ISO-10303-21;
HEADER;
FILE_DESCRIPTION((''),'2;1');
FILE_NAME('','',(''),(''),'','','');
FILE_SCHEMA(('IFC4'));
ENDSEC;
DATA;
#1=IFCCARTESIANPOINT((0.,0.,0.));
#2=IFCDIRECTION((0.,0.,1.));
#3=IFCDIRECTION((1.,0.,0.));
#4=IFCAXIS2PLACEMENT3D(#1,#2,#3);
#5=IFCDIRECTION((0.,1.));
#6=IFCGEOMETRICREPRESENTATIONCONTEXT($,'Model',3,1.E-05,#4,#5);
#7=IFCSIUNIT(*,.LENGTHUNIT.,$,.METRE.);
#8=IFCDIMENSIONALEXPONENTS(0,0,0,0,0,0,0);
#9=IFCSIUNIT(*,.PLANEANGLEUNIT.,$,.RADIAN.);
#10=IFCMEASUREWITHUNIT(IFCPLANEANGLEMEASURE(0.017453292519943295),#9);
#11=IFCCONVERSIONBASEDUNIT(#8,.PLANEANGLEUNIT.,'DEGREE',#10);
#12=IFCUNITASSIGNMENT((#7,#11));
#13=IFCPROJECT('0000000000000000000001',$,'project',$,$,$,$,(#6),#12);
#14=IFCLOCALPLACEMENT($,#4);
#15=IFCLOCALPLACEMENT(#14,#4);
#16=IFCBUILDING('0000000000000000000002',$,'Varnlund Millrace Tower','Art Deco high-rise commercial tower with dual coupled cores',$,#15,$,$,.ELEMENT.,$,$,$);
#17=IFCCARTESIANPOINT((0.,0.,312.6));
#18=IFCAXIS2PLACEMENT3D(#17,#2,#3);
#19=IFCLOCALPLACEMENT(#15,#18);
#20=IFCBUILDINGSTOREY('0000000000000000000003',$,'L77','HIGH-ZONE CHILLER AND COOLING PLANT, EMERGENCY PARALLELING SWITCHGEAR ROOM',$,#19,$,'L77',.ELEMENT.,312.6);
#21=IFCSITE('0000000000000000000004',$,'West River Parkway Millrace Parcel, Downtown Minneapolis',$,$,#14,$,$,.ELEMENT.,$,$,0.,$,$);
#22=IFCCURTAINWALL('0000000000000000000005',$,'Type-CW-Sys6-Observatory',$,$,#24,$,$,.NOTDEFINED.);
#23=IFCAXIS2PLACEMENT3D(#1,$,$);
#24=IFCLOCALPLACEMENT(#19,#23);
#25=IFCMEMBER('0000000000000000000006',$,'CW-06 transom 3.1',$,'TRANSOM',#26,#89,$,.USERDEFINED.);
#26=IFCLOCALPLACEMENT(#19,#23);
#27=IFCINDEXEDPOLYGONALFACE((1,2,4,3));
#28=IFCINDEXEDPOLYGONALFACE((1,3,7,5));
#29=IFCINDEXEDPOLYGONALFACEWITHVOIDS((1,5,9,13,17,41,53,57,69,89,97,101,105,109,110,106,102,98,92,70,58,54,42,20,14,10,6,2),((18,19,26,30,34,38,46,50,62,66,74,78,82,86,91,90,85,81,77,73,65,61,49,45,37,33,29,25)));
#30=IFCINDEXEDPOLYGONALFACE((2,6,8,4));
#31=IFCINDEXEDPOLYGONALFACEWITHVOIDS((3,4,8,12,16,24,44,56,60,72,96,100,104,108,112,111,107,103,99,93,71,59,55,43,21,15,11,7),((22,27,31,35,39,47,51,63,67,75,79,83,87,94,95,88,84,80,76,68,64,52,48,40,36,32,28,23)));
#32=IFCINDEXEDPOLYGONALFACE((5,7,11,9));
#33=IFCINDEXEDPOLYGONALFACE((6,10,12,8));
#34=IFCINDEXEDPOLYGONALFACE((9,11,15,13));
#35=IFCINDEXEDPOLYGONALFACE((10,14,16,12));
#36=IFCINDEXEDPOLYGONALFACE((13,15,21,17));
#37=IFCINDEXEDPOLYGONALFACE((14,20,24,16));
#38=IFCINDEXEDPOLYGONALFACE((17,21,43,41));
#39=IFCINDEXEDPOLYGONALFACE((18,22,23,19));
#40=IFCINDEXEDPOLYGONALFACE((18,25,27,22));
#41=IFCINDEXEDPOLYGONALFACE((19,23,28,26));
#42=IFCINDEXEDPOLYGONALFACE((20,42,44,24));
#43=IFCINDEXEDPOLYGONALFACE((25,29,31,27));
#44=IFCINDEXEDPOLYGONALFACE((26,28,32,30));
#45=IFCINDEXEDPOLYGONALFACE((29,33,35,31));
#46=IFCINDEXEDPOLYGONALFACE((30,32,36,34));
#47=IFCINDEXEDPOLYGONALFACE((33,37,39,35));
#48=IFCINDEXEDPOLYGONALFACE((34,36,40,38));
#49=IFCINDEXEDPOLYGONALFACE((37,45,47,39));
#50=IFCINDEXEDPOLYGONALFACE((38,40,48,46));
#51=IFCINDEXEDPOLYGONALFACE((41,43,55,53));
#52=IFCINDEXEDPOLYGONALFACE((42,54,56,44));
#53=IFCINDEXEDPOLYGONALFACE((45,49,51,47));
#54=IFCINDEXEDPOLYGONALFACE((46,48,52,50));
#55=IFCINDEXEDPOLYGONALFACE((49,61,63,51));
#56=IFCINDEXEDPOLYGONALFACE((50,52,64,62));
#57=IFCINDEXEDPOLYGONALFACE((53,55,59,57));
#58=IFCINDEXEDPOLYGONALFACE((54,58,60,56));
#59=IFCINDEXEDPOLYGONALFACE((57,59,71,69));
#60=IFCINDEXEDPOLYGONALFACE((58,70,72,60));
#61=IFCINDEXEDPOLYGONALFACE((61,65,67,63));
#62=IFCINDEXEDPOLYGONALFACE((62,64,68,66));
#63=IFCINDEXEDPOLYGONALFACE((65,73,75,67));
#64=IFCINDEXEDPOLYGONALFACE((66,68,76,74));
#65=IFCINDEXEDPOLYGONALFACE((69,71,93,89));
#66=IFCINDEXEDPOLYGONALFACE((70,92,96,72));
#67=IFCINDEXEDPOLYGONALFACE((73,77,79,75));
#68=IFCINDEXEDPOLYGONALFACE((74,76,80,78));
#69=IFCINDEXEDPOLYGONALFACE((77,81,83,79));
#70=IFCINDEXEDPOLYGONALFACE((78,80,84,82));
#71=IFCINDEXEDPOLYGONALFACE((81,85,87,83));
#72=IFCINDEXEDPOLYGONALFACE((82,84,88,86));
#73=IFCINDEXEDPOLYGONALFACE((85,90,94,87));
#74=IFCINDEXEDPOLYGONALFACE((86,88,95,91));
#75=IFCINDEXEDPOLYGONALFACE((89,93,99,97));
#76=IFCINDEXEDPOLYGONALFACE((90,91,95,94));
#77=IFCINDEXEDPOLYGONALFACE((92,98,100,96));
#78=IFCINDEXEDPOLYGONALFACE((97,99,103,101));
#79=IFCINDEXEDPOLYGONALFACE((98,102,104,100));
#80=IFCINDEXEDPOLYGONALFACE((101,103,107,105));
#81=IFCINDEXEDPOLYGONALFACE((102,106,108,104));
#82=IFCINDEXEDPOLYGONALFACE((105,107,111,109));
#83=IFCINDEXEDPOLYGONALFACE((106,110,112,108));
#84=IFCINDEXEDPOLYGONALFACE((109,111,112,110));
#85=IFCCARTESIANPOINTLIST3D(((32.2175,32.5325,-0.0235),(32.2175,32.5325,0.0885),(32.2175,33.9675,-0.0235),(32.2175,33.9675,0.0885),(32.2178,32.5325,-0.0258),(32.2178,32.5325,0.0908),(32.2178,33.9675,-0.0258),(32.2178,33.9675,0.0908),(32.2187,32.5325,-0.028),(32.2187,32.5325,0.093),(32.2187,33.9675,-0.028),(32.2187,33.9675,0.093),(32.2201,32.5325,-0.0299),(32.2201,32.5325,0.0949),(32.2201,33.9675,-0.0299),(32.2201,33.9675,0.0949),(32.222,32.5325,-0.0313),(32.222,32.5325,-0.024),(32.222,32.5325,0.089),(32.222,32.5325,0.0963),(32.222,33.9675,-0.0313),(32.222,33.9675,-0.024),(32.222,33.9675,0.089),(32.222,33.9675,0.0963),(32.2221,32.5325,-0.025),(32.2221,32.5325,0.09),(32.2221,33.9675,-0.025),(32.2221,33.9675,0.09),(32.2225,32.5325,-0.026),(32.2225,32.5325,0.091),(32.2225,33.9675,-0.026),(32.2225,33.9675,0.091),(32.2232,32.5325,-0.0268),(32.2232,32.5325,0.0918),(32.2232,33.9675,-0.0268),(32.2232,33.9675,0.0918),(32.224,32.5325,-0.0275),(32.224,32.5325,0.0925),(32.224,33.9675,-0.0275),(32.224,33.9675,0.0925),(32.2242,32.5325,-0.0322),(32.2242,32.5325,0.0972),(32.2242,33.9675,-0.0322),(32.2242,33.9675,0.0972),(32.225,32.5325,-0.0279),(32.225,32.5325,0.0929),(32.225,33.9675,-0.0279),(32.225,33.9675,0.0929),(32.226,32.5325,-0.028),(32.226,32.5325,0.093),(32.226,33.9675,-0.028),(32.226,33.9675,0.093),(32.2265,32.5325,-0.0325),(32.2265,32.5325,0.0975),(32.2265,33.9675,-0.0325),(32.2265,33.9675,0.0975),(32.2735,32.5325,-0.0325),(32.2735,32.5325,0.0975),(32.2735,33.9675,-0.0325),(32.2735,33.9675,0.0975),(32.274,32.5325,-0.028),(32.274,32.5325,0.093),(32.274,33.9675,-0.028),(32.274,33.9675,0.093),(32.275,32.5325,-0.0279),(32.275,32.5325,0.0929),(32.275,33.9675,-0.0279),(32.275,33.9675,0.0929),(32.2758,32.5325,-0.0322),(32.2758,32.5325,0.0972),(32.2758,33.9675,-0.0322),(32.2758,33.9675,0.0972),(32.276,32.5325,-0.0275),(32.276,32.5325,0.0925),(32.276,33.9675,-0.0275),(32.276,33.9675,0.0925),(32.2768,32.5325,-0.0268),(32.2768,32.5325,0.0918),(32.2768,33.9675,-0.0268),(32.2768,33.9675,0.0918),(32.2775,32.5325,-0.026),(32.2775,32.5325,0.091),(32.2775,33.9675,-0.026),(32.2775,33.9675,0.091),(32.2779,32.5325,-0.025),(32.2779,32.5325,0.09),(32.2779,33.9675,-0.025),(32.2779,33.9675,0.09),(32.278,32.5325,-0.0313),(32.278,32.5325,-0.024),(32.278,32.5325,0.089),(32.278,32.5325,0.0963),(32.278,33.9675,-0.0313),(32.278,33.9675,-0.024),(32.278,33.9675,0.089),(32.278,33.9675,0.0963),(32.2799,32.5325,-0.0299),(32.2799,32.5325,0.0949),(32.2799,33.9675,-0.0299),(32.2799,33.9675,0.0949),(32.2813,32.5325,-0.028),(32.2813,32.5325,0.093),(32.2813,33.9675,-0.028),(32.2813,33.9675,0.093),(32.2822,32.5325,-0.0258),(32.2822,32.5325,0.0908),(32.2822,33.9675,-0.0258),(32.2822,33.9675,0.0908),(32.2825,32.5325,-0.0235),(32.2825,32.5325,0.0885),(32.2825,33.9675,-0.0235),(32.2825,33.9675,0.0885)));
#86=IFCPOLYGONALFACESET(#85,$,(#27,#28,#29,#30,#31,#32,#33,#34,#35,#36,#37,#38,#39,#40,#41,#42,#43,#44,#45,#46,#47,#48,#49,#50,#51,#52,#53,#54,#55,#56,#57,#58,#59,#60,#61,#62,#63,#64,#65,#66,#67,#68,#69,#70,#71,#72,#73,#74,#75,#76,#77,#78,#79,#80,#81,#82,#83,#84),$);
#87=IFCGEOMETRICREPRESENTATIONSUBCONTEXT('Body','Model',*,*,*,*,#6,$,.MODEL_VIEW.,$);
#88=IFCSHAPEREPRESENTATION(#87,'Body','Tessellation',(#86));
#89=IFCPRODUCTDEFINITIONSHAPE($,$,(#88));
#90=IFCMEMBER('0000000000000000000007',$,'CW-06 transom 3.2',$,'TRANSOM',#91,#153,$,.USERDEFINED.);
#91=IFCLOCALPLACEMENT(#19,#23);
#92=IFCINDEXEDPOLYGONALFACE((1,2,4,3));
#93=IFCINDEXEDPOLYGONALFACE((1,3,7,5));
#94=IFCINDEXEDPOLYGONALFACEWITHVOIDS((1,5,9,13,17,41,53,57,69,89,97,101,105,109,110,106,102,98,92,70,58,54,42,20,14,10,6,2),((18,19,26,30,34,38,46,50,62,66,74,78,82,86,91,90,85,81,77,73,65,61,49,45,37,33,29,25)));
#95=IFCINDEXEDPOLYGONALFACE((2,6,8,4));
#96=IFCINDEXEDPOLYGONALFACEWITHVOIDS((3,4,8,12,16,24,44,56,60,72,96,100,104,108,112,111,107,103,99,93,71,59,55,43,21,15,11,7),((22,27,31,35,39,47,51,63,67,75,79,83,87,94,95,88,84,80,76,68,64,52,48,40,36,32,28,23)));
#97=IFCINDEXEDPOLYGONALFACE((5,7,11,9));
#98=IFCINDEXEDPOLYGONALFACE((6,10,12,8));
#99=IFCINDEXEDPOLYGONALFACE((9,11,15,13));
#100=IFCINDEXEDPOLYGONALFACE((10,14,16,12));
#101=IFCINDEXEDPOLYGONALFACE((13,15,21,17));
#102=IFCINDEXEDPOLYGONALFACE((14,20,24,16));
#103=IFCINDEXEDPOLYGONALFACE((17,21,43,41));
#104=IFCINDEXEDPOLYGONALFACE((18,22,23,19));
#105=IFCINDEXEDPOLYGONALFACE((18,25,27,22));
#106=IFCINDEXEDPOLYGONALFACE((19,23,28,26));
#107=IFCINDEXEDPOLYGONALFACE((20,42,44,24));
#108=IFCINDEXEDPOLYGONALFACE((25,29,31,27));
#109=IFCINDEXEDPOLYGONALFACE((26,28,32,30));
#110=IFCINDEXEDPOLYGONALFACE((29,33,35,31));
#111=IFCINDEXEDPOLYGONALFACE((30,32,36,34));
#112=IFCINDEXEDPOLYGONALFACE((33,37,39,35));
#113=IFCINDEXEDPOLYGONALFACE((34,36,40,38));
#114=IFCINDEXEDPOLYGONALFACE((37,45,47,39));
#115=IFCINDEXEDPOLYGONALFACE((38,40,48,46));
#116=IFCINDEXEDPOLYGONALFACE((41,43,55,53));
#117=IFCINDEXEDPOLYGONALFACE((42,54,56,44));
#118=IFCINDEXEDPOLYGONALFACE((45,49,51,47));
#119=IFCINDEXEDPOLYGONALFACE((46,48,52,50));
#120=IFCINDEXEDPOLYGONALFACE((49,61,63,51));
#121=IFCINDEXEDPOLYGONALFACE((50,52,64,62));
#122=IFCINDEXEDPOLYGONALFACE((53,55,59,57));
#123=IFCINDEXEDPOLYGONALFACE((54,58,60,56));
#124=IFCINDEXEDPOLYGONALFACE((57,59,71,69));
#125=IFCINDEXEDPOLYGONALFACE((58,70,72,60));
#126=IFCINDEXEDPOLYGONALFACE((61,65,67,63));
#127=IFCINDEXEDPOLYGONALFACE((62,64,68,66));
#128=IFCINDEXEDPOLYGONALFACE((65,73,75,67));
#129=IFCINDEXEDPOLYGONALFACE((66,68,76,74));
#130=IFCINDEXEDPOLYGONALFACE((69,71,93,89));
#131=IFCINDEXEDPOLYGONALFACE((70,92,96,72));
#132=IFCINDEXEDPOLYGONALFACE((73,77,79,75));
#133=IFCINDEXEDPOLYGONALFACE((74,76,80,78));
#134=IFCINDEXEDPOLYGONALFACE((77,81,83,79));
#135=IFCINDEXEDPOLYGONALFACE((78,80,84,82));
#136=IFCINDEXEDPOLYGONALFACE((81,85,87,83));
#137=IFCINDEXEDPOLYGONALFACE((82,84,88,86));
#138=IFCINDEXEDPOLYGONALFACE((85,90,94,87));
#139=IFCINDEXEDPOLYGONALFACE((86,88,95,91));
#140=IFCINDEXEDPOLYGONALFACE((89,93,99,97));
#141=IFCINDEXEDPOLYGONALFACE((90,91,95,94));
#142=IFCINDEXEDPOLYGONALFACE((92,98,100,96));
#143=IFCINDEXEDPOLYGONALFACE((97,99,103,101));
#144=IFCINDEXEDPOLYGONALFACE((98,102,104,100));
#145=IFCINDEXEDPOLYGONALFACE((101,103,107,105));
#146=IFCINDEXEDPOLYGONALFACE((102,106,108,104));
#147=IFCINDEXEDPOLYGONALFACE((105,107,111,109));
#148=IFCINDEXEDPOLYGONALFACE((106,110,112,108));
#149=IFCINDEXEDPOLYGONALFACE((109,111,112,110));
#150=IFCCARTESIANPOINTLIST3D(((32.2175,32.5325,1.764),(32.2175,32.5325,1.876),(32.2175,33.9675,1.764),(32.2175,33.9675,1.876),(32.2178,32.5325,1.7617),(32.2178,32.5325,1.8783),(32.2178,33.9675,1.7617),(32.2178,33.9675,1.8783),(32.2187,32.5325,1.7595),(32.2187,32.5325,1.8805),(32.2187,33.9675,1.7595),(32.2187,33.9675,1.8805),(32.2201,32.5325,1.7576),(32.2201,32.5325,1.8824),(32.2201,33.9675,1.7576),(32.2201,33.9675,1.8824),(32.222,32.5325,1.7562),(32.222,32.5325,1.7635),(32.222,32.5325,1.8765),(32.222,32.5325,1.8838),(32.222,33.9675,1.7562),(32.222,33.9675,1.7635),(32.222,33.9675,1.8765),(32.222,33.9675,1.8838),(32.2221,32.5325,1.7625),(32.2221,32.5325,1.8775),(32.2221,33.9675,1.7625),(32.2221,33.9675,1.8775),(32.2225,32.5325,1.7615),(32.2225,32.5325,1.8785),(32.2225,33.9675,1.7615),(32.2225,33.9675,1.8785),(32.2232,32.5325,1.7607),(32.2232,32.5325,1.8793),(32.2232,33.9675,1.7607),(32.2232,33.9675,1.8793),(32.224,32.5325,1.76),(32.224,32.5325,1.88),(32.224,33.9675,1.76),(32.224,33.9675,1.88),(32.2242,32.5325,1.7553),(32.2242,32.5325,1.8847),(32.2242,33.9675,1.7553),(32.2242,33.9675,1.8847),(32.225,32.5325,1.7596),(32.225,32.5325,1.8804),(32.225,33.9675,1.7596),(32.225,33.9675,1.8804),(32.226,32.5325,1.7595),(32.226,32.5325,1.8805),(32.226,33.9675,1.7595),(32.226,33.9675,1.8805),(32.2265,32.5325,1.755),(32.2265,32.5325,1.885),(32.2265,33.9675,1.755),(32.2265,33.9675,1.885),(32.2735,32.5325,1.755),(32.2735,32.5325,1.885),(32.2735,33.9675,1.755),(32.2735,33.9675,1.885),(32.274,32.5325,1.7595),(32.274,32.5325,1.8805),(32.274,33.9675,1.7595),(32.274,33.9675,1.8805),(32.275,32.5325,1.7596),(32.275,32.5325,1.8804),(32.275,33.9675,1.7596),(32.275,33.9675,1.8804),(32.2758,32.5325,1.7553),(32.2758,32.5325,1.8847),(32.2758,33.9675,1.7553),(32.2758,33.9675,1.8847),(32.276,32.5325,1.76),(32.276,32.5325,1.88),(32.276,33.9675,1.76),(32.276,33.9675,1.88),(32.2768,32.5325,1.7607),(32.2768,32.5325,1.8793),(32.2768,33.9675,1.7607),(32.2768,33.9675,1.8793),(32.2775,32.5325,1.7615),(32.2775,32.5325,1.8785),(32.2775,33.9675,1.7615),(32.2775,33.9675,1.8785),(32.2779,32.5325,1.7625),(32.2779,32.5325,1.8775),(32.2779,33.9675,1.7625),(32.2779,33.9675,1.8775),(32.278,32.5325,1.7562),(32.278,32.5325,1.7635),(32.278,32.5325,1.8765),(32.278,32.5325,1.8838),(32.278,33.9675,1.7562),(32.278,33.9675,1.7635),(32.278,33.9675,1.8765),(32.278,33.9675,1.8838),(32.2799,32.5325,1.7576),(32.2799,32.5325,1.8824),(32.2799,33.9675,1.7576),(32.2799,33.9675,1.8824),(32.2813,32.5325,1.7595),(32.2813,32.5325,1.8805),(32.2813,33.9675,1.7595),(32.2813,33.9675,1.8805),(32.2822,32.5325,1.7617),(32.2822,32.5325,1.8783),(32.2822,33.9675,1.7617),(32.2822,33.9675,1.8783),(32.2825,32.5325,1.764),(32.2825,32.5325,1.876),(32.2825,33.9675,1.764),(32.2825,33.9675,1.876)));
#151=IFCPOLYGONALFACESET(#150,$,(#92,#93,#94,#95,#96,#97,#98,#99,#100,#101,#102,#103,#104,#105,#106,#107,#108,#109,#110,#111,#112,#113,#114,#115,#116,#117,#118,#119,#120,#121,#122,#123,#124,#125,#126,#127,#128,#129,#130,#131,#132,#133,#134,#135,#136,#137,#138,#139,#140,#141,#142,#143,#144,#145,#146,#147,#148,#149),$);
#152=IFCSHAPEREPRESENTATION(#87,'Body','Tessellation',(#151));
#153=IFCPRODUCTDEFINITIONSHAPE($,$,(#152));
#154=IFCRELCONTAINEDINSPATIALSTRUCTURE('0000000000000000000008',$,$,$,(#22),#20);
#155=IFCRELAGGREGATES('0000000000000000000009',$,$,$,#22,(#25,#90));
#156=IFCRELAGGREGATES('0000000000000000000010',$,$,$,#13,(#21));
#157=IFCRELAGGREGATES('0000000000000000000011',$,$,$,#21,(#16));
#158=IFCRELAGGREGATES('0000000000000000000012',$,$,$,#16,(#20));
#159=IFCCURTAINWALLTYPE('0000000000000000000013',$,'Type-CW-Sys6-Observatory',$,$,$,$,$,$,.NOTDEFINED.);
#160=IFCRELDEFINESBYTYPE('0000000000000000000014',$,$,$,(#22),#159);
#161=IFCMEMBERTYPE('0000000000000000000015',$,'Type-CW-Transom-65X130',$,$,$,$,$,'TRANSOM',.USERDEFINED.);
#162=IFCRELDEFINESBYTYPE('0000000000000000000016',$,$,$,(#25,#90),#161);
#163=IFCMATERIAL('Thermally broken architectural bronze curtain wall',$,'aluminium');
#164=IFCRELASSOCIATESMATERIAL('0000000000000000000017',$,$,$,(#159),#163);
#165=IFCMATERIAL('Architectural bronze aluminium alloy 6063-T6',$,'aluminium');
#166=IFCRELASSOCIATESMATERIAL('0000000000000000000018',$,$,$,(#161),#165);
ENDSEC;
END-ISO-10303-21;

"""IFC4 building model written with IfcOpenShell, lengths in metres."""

from ifc_helpers import new_model, entity, si_unit, converted_unit, direction, frame, origin_with_axes, origin_2d_with_axis, place, context, subcontext, project, spatial, hollow_rectangle, extrude, material, material_profile, profile_set, type_object, element, aggregate, save


model = new_model("IFC4")

# Units and contexts
model_context = context("Model", 3, precision=1e-05, world=origin_with_axes(), true_north=direction((0.0, 1.0)))
body_context = subcontext(model_context, "Body", "Model", "MODEL_VIEW")
ifc_project = project(units=[si_unit("LENGTHUNIT", "METRE"), converted_unit("PLANEANGLEUNIT", "DEGREE", entity("IfcPlaneAngleMeasure", 0.017453292519943295), si_unit("PLANEANGLEUNIT", "RADIAN"), dimensions=[0, 0, 0, 0, 0, 0, 0])], contexts=[model_context])

# Site, building, storey
site_placement = place(None, origin_with_axes())
site = spatial("IfcSite", under=ifc_project, at=site_placement, Name="West River Parkway Millrace Parcel, Downtown Minneapolis", CompositionType="ELEMENT", RefElevation=0.0)
building_placement = place(site_placement, origin_with_axes())
building = spatial("IfcBuilding", under=site, at=building_placement, Name="Varnlund Millrace Tower", Description="Art Deco high-rise commercial tower with dual coupled cores", CompositionType="ELEMENT")
storey_placement = place(building_placement, frame((0.0, 0.0, 312.6), z_axis=(0.0, 0.0, 1.0), x_axis=(1.0, 0.0, 0.0)))
storey = spatial("IfcBuildingStorey", under=building, at=storey_placement, Name="L77", Description="HIGH-ZONE CHILLER AND COOLING PLANT, EMERGENCY PARALLELING SWITCHGEAR ROOM", LongName="L77", CompositionType="ELEMENT", Elevation=312.6)

# Curtain wall, members
ifc_material_1 = material(Name="Thermally broken architectural bronze curtain wall", Category="aluminium")
curtain_wall_type = type_object("IfcCurtainWallType", Name="Type-CW-Sys6-Observatory", PredefinedType="NOTDEFINED", material=ifc_material_1)
curtain_wall_1_placement = place(storey_placement, frame((32.25, 37.0, 0.0), z_axis=(0.0, 0.0, 1.0), x_axis=(1.0, 0.0, 0.0)))
curtain_wall_1 = element("IfcCurtainWall", 1, at=curtain_wall_1_placement, inside=storey, type_object=curtain_wall_type, Name="Type-CW-Sys6-Observatory", PredefinedType="NOTDEFINED")
ifc_material_2 = material(Name="Architectural bronze aluminium alloy 6063-T6", Category="aluminium")
ifc_material_profile_1 = material_profile(ifc_material_2, hollow_rectangle(XDim=0.065, YDim=0.13, WallThickness=0.0045, InnerFilletRadius=0.004, OuterFilletRadius=0.009, at=origin_2d_with_axis()), Name="Architectural bronze aluminium alloy 6063-T6")
ifc_profile_set_1 = profile_set([ifc_material_profile_1], Name="Architectural bronze aluminium alloy 6063-T6")
member_type = type_object("IfcMemberType", Name="Type-CW-Transom-65X130", ElementType="TRANSOM", PredefinedType="USERDEFINED", material=ifc_profile_set_1)
member_1_placement = place(storey_placement, frame((32.25, 33.9675, 0.0325), z_axis=(0.0, -1.0, 0.0), x_axis=(1.0, 0.0, 0.0)))
member_1 = element("IfcMember", 2, at=member_1_placement, type_object=member_type, Name="CW-06 transom 3.1", ObjectType="TRANSOM", PredefinedType="USERDEFINED", context=body_context, shape_type="SweptSolid", body=[
    extrude(hollow_rectangle(XDim=0.065, YDim=0.13, WallThickness=0.0045, InnerFilletRadius=0.004, OuterFilletRadius=0.009, at=origin_2d_with_axis()), origin_with_axes(), (0.0, 0.0, 1.0), 1.435),
])
member_2_placement = place(storey_placement, frame((32.25, 33.9675, 1.82), z_axis=(0.0, -1.0, 0.0), x_axis=(1.0, 0.0, 0.0)))
member_2 = element("IfcMember", 3, at=member_2_placement, type_object=member_type, Name="CW-06 transom 3.2", ObjectType="TRANSOM", PredefinedType="USERDEFINED", context=body_context, shape_type="SweptSolid", body=[
    extrude(hollow_rectangle(XDim=0.065, YDim=0.13, WallThickness=0.0045, InnerFilletRadius=0.004, OuterFilletRadius=0.009, at=origin_2d_with_axis()), origin_with_axes(), (0.0, 0.0, 1.0), 1.435),
])

aggregate(curtain_wall_1, [member_1, member_2])

save(model, "model.ifc")
